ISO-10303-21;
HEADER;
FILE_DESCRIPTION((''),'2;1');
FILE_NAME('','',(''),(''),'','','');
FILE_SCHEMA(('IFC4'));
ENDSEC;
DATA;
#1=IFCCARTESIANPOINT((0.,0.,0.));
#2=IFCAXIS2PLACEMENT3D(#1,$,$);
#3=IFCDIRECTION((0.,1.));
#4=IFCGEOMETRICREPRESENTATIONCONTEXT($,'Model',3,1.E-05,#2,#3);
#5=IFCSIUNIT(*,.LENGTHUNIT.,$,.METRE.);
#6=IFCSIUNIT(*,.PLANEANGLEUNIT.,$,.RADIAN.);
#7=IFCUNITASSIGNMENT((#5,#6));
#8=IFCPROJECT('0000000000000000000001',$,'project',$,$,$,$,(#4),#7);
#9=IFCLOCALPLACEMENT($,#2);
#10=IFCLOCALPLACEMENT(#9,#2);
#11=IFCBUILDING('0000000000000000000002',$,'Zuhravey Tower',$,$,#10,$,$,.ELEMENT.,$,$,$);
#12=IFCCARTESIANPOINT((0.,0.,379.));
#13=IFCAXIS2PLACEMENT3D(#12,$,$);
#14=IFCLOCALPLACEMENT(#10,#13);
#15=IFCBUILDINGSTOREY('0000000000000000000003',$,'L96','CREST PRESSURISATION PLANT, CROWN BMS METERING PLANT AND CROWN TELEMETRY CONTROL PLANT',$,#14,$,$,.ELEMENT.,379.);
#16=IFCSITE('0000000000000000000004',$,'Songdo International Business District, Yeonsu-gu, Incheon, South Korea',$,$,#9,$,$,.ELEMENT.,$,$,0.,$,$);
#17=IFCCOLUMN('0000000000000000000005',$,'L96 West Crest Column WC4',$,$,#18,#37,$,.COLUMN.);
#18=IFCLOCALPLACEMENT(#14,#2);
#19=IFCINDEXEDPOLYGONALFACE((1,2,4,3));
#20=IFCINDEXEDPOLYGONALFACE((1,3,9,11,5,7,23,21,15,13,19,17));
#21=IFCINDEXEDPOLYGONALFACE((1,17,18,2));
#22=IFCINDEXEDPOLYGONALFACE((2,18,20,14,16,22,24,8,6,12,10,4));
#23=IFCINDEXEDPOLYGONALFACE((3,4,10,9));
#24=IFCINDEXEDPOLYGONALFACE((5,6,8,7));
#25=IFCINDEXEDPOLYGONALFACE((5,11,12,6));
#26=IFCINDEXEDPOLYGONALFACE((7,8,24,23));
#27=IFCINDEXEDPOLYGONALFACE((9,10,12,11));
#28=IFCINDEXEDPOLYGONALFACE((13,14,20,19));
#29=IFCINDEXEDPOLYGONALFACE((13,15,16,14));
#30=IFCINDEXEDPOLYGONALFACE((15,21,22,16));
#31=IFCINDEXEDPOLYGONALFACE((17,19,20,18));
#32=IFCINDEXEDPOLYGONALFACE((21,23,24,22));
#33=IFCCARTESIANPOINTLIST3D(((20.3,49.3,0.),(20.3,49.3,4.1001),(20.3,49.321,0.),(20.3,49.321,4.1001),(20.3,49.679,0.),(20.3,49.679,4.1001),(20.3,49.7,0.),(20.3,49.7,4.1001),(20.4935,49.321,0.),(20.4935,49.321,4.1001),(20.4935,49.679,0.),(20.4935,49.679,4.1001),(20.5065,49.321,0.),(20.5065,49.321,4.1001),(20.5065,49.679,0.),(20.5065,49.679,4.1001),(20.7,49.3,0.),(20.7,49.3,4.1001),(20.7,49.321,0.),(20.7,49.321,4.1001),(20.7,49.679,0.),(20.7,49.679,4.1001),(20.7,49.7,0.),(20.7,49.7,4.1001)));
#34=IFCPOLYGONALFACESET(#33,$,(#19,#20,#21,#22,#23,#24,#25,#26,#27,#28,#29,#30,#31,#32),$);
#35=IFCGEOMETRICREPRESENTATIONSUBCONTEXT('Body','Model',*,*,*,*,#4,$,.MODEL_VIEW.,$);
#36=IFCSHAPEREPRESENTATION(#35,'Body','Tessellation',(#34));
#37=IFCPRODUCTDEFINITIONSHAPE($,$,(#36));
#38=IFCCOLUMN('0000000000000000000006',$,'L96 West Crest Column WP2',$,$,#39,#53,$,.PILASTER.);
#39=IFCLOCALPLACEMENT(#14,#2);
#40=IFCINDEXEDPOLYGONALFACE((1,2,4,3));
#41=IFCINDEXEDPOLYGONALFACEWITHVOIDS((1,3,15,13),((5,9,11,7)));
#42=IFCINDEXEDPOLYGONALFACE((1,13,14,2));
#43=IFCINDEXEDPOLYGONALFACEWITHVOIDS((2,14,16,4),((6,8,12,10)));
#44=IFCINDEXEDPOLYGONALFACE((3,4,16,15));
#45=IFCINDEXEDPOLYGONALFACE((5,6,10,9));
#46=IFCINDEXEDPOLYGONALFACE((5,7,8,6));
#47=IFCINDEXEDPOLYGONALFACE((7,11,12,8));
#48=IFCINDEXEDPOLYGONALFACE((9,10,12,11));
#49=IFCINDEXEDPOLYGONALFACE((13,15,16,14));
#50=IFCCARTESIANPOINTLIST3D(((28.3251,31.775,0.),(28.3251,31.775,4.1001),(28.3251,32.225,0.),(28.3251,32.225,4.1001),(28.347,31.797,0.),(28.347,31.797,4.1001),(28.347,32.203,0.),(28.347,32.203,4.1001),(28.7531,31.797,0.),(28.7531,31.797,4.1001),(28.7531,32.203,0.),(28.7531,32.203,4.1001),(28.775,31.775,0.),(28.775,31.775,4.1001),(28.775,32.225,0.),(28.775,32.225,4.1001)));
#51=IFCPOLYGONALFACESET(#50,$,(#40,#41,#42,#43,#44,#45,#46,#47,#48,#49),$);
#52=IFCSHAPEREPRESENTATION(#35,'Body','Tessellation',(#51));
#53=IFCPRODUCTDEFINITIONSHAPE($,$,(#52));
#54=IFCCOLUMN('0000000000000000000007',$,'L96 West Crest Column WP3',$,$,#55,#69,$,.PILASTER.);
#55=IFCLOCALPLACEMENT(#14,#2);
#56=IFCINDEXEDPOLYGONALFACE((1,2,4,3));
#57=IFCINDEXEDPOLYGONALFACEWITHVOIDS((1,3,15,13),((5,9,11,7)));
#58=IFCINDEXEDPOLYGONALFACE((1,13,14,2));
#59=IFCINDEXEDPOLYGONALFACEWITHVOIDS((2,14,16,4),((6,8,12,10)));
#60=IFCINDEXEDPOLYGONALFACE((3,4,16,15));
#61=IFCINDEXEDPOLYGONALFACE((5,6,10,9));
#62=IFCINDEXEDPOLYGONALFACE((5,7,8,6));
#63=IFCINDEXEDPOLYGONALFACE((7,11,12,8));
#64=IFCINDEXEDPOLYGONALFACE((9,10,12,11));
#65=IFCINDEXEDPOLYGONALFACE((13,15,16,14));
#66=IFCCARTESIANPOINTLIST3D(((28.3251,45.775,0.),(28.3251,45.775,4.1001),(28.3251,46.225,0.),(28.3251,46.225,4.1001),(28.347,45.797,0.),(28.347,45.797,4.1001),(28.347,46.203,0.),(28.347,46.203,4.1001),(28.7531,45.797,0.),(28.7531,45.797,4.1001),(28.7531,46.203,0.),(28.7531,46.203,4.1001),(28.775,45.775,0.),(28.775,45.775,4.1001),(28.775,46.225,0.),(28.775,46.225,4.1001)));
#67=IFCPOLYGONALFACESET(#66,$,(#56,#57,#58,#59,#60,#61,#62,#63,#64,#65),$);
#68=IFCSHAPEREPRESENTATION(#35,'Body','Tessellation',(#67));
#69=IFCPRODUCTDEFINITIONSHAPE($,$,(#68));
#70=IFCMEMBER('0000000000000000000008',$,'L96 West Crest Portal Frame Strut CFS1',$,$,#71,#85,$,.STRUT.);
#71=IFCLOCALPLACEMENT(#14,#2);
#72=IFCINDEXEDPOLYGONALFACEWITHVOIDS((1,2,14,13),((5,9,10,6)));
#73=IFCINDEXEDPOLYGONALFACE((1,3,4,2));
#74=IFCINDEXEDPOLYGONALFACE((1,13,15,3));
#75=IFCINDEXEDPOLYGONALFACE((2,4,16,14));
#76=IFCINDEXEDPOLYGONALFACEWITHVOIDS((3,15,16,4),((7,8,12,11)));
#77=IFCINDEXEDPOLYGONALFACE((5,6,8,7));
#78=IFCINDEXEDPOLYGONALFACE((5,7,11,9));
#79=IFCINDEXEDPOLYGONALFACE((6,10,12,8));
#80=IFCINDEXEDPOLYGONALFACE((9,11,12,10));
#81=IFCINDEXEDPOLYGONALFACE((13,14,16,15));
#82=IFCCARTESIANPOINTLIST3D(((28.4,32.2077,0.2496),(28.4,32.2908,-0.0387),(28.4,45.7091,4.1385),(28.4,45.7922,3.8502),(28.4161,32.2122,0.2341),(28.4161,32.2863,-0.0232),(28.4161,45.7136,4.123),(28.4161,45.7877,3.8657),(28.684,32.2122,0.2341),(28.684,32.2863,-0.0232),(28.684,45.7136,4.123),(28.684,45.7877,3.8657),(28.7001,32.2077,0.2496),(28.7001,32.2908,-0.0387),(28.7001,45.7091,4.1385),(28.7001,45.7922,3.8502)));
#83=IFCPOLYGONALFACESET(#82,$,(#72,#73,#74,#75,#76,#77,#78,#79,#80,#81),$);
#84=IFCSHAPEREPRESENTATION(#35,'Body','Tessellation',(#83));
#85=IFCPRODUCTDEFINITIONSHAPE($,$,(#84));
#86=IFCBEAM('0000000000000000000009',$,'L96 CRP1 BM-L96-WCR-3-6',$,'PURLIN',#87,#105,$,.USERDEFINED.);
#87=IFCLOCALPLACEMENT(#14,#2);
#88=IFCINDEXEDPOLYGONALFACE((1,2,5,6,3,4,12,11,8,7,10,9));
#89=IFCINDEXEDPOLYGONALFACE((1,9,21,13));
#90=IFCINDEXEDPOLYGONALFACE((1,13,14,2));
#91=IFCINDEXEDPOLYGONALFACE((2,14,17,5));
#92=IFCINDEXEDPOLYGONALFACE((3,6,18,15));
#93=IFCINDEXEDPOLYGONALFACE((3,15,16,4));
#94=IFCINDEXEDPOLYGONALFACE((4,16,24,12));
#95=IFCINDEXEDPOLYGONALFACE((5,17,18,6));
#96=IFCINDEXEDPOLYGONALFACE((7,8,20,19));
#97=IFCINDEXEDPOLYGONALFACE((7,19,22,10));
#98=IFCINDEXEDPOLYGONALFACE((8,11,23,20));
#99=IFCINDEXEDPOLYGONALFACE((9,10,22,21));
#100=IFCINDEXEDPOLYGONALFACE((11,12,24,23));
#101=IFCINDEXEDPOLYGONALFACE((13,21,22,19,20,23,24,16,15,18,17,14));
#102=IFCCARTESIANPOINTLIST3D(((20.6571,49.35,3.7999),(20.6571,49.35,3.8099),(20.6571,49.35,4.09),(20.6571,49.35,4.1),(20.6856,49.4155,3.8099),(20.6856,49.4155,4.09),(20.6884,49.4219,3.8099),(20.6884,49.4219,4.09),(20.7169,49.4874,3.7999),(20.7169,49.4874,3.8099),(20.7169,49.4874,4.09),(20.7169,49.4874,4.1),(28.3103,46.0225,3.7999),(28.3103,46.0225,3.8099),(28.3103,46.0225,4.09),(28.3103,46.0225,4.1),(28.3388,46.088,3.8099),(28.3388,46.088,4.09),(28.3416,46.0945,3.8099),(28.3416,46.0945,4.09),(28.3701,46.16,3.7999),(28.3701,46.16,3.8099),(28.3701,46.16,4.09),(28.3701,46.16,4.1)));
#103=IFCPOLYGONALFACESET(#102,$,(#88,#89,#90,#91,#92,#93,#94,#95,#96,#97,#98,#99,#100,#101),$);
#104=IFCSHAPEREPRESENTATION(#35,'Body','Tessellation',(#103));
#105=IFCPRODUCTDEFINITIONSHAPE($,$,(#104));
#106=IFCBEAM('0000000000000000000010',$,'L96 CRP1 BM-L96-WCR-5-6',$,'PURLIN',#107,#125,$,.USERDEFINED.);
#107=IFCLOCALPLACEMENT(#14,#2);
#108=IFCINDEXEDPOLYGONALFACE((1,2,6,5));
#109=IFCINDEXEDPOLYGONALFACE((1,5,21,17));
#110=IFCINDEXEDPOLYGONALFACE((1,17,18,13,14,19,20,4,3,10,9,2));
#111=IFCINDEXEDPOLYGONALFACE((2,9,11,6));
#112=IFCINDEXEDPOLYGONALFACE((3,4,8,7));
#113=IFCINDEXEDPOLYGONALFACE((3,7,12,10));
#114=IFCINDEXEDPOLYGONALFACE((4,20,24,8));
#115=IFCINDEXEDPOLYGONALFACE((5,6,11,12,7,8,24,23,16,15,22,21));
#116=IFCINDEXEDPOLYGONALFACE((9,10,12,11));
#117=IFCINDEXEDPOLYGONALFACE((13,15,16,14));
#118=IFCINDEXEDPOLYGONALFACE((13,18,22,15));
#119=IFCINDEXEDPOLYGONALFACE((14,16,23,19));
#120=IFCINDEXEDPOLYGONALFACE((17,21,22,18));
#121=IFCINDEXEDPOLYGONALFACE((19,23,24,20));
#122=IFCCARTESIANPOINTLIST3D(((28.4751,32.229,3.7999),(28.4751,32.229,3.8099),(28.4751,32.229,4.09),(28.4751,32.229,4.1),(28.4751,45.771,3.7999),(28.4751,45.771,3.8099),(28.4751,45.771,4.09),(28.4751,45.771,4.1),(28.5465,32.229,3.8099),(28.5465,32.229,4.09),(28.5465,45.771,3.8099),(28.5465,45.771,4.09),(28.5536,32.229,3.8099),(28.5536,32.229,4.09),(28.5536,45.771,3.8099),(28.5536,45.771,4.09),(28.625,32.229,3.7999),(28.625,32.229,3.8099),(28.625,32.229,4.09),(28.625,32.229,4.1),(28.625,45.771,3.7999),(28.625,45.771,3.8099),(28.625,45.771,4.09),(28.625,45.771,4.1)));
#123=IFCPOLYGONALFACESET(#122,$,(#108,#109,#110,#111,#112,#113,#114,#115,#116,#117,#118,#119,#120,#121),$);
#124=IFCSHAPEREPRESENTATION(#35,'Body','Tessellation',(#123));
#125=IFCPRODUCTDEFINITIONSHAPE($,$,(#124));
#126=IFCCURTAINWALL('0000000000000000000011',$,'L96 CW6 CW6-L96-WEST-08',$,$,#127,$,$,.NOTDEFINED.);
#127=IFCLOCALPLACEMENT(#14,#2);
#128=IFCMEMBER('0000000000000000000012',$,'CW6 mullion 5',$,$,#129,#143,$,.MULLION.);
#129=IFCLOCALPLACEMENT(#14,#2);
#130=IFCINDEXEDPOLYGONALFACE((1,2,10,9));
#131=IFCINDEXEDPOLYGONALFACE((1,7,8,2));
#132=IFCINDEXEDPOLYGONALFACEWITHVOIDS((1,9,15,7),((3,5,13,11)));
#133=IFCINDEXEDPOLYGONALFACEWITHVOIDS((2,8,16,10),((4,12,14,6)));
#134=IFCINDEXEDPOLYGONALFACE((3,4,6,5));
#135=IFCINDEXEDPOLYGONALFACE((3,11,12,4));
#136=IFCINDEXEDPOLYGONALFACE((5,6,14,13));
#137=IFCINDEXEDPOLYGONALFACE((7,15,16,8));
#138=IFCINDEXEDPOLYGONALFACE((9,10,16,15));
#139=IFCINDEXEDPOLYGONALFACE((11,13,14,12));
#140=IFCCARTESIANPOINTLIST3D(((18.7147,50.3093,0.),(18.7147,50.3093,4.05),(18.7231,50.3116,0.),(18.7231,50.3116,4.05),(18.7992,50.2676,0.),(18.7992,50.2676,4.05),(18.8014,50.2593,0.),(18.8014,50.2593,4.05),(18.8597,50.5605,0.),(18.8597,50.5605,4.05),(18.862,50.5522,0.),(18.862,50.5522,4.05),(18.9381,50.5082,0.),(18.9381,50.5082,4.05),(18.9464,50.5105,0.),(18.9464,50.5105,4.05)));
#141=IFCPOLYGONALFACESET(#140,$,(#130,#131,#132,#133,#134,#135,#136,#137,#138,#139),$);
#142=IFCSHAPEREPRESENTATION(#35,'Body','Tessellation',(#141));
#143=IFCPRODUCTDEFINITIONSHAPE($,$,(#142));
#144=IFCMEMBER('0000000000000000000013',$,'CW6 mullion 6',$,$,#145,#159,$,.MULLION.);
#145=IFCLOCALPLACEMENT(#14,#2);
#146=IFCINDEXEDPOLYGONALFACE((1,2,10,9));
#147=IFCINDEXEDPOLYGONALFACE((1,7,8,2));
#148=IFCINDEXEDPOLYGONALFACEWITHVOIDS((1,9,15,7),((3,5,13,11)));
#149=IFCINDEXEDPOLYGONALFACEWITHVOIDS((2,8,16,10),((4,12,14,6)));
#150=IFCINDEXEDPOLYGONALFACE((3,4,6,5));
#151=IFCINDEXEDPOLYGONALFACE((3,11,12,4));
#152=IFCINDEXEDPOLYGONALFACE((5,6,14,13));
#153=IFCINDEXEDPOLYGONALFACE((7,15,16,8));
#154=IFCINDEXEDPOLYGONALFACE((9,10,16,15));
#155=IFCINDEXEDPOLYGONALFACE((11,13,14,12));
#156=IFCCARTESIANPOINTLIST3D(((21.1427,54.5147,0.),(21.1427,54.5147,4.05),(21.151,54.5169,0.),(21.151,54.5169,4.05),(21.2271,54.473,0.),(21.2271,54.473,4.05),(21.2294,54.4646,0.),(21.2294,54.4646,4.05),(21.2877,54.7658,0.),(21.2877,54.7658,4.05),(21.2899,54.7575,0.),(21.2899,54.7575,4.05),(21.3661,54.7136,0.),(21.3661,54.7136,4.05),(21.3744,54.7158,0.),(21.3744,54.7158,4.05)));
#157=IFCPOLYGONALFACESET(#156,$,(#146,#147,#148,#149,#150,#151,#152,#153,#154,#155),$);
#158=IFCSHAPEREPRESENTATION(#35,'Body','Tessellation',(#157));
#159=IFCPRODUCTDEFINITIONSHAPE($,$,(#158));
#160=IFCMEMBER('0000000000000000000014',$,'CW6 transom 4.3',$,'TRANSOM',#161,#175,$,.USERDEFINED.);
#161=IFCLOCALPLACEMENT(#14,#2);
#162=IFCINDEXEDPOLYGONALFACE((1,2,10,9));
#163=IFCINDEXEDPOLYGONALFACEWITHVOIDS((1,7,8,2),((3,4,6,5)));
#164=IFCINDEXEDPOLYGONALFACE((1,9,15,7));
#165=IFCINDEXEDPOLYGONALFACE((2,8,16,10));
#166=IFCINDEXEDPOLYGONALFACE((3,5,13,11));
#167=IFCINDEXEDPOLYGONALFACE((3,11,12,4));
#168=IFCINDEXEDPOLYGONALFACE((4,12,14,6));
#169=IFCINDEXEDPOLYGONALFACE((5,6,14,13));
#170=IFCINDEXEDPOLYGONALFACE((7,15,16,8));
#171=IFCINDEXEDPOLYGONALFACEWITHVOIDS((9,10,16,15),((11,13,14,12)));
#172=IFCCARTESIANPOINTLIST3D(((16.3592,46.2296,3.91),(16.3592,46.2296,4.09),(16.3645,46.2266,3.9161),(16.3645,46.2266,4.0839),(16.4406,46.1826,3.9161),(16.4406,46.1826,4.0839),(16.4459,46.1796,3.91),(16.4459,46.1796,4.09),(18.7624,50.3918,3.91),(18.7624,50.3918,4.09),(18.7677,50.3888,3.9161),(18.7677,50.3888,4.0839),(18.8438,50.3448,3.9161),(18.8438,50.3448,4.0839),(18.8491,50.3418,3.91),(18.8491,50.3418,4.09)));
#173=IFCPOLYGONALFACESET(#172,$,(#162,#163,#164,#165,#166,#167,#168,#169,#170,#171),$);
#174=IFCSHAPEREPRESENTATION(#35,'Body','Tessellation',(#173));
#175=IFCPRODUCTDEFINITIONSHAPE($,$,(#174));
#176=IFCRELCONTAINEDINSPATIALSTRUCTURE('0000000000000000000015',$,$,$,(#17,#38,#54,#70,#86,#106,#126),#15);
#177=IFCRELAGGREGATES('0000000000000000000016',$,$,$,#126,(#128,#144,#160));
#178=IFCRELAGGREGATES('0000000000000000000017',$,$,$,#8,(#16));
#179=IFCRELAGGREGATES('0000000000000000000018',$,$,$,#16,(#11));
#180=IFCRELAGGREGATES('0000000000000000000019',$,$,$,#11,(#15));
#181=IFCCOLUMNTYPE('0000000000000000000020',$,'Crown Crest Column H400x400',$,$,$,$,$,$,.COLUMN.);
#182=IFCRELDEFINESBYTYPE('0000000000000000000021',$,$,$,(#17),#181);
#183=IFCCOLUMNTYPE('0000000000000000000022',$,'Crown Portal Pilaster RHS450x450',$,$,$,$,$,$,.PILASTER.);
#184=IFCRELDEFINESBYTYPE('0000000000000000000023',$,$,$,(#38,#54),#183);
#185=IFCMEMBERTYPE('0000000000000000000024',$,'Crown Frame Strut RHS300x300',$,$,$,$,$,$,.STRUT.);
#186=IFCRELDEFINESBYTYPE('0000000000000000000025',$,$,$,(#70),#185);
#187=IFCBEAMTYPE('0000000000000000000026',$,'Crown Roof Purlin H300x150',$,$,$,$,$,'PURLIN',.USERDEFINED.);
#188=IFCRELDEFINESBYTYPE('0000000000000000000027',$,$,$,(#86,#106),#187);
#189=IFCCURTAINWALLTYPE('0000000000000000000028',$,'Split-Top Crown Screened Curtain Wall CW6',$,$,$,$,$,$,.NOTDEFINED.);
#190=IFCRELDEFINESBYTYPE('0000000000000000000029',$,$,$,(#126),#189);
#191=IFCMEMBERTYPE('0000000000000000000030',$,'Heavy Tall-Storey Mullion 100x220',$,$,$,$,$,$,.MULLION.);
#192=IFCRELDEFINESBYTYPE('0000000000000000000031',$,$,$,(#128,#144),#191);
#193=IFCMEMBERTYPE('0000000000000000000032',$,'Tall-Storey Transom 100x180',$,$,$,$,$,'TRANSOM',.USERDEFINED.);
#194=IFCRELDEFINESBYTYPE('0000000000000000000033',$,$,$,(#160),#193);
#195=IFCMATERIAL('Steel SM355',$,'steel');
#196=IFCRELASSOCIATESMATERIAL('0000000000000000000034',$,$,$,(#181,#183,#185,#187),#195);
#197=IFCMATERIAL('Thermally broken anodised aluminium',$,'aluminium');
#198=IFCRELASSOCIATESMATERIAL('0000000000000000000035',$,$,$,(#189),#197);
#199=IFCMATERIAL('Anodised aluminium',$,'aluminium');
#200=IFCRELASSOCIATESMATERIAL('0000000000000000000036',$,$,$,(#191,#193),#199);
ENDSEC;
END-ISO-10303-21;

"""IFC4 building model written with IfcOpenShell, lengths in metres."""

from ifc_helpers import new_model, si_unit, direction, frame, origin, origin_2d, place, context, subcontext, project, spatial, hollow_rectangle, i_section, extrude, material, material_profile, profile_set, type_object, element, aggregate, save


model = new_model("IFC4")

# Units and contexts
model_context = context("Model", 3, precision=1e-05, world=origin(), true_north=direction((0.0, 1.0)))
body_context = subcontext(model_context, "Body", "Model", "MODEL_VIEW")
ifc_project = project(units=[si_unit("LENGTHUNIT", "METRE"), si_unit("PLANEANGLEUNIT", "RADIAN")], contexts=[model_context])

# Site, building, storey
site_placement = place(None, origin())
site = spatial("IfcSite", under=ifc_project, at=site_placement, Name="Songdo International Business District, Yeonsu-gu, Incheon, South Korea", CompositionType="ELEMENT", RefElevation=0.0)
building_placement = place(site_placement, origin())
building = spatial("IfcBuilding", under=site, at=building_placement, Name="Zuhravey Tower", CompositionType="ELEMENT")
storey_placement = place(building_placement, frame((0.0, 0.0, 379.0)))
storey = spatial("IfcBuildingStorey", under=building, at=storey_placement, Name="L96", Description="CREST PRESSURISATION PLANT, CROWN BMS METERING PLANT AND CROWN TELEMETRY CONTROL PLANT", CompositionType="ELEMENT", Elevation=379.0)

# Columns
ifc_material_1 = material(Name="Steel SM355", Category="steel")
ifc_material_profile_1 = material_profile(ifc_material_1, i_section(OverallWidth=0.3999, OverallDepth=0.3999, WebThickness=0.0129, FlangeThickness=0.021, at=origin_2d()), Name="H-400x400x13x21")
ifc_profile_set_1 = profile_set([ifc_material_profile_1], Name="Steel SM355")
column_type_1 = type_object("IfcColumnType", Name="Crown Crest Column H400x400", PredefinedType="COLUMN", material=ifc_profile_set_1)
column_placement = place(storey_placement, frame((20.5, 49.5, 0.0), z_axis=(0.0, 0.0, 1.0), x_axis=(1.0, 0.0, 0.0)))
element("IfcColumn", 1, at=column_placement, inside=storey, type_object=column_type_1, Name="L96 West Crest Column WC4", PredefinedType="COLUMN", context=body_context, shape_type="SweptSolid", body=[
    extrude(i_section(OverallWidth=0.3999, OverallDepth=0.3999, WebThickness=0.0129, FlangeThickness=0.021, at=origin_2d()), origin(), (0.0, 0.0, 1.0), 4.1001),
])
ifc_material_profile_2 = material_profile(ifc_material_1, hollow_rectangle(XDim=0.45, YDim=0.45, WallThickness=0.022, at=origin_2d()), Name="RHS-450x450x22")
ifc_profile_set_2 = profile_set([ifc_material_profile_2], Name="Steel SM355")
column_type_2 = type_object("IfcColumnType", Name="Crown Portal Pilaster RHS450x450", PredefinedType="PILASTER", material=ifc_profile_set_2)
for number, where, z_axis, x_axis, name in (
    (2, (28.55, 32.0, 0.0), (0.0, 0.0, 1.0), (1.0, 0.0, 0.0), "L96 West Crest Column WP2"),
    (3, (28.55, 46.0, 0.0), (0.0, 0.0, 1.0), (1.0, 0.0, 0.0), "L96 West Crest Column WP3"),
):
    element("IfcColumn", number, at=place(storey_placement, frame(where, z_axis=z_axis, x_axis=x_axis)), inside=storey, type_object=column_type_2, Name=name, PredefinedType="PILASTER", context=body_context, shape_type="SweptSolid", body=[
        extrude(hollow_rectangle(XDim=0.45, YDim=0.45, WallThickness=0.022, at=origin_2d()), origin(), (0.0, 0.0, 1.0), 4.1001),
    ])

# Member
ifc_material_profile_3 = material_profile(ifc_material_1, hollow_rectangle(XDim=0.3, YDim=0.3, WallThickness=0.0161, at=origin_2d()), Name="RHS-300x300x16")
ifc_profile_set_3 = profile_set([ifc_material_profile_3], Name="Steel SM355")
member_type_1 = type_object("IfcMemberType", Name="Crown Frame Strut RHS300x300", PredefinedType="STRUT", material=ifc_profile_set_3)
member_1_placement = place(storey_placement, frame((28.55, 32.2493, 0.1055), z_axis=(0.0, 0.960932, 0.276784), x_axis=(-1.0, 0.0, 0.0)))
element("IfcMember", 4, at=member_1_placement, inside=storey, type_object=member_type_1, Name="L96 West Crest Portal Frame Strut CFS1", PredefinedType="STRUT", context=body_context, shape_type="SweptSolid", body=[
    extrude(hollow_rectangle(XDim=0.3, YDim=0.3, WallThickness=0.0161, at=origin_2d()), origin(), (0.0, 0.0, 1.0), 14.0503),
])

# Beams
ifc_material_profile_4 = material_profile(ifc_material_1, i_section(OverallWidth=0.1499, OverallDepth=0.3, WebThickness=0.0071, FlangeThickness=0.01, at=origin_2d()), Name="H-300x150x7x10")
ifc_profile_set_4 = profile_set([ifc_material_profile_4], Name="Steel SM355")
beam_type = type_object("IfcBeamType", Name="Crown Roof Purlin H300x150", ElementType="PURLIN", PredefinedType="USERDEFINED", material=ifc_profile_set_4)
beam_1_placement = place(storey_placement, frame((20.687, 49.4187, 3.95), z_axis=(0.917071, -0.398723, 0.0), x_axis=(0.398723, 0.917071, 0.0)))
element("IfcBeam", 5, at=beam_1_placement, inside=storey, type_object=beam_type, Name="L96 CRP1 BM-L96-WCR-3-6", ObjectType="PURLIN", PredefinedType="USERDEFINED", context=body_context, shape_type="SweptSolid", body=[
    extrude(i_section(OverallWidth=0.1499, OverallDepth=0.3, WebThickness=0.0071, FlangeThickness=0.01, at=origin_2d()), origin(), (0.0, 0.0, 1.0), 8.3452),
])
beam_2_placement = place(storey_placement, frame((28.55, 32.229, 3.95), z_axis=(0.0, 1.0, 0.0), x_axis=(-1.0, 0.0, 0.0)))
element("IfcBeam", 6, at=beam_2_placement, inside=storey, type_object=beam_type, Name="L96 CRP1 BM-L96-WCR-5-6", ObjectType="PURLIN", PredefinedType="USERDEFINED", context=body_context, shape_type="SweptSolid", body=[
    extrude(i_section(OverallWidth=0.1499, OverallDepth=0.3, WebThickness=0.0071, FlangeThickness=0.01, at=origin_2d()), origin(), (0.0, 0.0, 1.0), 13.542),
])

# Curtain wall, members
ifc_material_2 = material(Name="Thermally broken anodised aluminium", Category="aluminium")
curtain_wall_type = type_object("IfcCurtainWallType", Name="Split-Top Crown Screened Curtain Wall CW6", PredefinedType="NOTDEFINED", material=ifc_material_2)
curtain_wall_placement = place(storey_placement, origin())
curtain_wall = element("IfcCurtainWall", 7, at=curtain_wall_placement, inside=storey, type_object=curtain_wall_type, Name="L96 CW6 CW6-L96-WEST-08", PredefinedType="NOTDEFINED")
ifc_material_3 = material(Name="Anodised aluminium", Category="aluminium")
ifc_material_profile_5 = material_profile(ifc_material_3, hollow_rectangle(XDim=0.1001, YDim=0.29, WallThickness=0.0061, at=origin_2d()), Name="ALU-RHS-100x290x6")
ifc_profile_set_5 = profile_set([ifc_material_profile_5], Name="Anodised aluminium")
member_type_2 = type_object("IfcMemberType", Name="Heavy Tall-Storey Mullion 100x220", PredefinedType="MULLION", material=ifc_profile_set_5)
member_2_placement = place(storey_placement, frame((18.8306, 50.4099, 0.0), z_axis=(0.0, 0.0, 1.0), x_axis=(-0.866027, 0.499997, 0.0)))
member_2 = element("IfcMember", 8, at=member_2_placement, type_object=member_type_2, Name="CW6 mullion 5", PredefinedType="MULLION", context=body_context, shape_type="SweptSolid", body=[
    extrude(hollow_rectangle(XDim=0.1001, YDim=0.29, WallThickness=0.0061, at=origin_2d()), origin(), (0.0, 0.0, 1.0), 4.05),
])
member_3_placement = place(storey_placement, frame((21.2585, 54.6152, 0.0), z_axis=(0.0, 0.0, 1.0), x_axis=(-0.866027, 0.499997, 0.0)))
member_3 = element("IfcMember", 9, at=member_3_placement, type_object=member_type_2, Name="CW6 mullion 6", PredefinedType="MULLION", context=body_context, shape_type="SweptSolid", body=[
    extrude(hollow_rectangle(XDim=0.1001, YDim=0.29, WallThickness=0.0061, at=origin_2d()), origin(), (0.0, 0.0, 1.0), 4.05),
])
ifc_material_profile_6 = material_profile(ifc_material_3, hollow_rectangle(XDim=0.1001, YDim=0.1799, WallThickness=0.0061, at=origin_2d()), Name="ALU-RHS-100x180x6")
ifc_profile_set_6 = profile_set([ifc_material_profile_6], Name="Anodised aluminium")
member_type_3 = type_object("IfcMemberType", Name="Tall-Storey Transom 100x180", ElementType="TRANSOM", PredefinedType="USERDEFINED", material=ifc_profile_set_6)
member_4_placement = place(storey_placement, frame((16.4026, 46.2046, 4.0), z_axis=(0.500013, 0.866018, 0.0), x_axis=(-0.866018, 0.500013, 0.0)))
member_4 = element("IfcMember", 10, at=member_4_placement, type_object=member_type_3, Name="CW6 transom 4.3", ObjectType="TRANSOM", PredefinedType="USERDEFINED", context=body_context, shape_type="SweptSolid", body=[
    extrude(hollow_rectangle(XDim=0.1001, YDim=0.1799, WallThickness=0.0061, at=origin_2d()), origin(), (0.0, 0.0, 1.0), 4.8062),
])
aggregate(curtain_wall, [member_2, member_3, member_4])

save(model, "model.ifc")
